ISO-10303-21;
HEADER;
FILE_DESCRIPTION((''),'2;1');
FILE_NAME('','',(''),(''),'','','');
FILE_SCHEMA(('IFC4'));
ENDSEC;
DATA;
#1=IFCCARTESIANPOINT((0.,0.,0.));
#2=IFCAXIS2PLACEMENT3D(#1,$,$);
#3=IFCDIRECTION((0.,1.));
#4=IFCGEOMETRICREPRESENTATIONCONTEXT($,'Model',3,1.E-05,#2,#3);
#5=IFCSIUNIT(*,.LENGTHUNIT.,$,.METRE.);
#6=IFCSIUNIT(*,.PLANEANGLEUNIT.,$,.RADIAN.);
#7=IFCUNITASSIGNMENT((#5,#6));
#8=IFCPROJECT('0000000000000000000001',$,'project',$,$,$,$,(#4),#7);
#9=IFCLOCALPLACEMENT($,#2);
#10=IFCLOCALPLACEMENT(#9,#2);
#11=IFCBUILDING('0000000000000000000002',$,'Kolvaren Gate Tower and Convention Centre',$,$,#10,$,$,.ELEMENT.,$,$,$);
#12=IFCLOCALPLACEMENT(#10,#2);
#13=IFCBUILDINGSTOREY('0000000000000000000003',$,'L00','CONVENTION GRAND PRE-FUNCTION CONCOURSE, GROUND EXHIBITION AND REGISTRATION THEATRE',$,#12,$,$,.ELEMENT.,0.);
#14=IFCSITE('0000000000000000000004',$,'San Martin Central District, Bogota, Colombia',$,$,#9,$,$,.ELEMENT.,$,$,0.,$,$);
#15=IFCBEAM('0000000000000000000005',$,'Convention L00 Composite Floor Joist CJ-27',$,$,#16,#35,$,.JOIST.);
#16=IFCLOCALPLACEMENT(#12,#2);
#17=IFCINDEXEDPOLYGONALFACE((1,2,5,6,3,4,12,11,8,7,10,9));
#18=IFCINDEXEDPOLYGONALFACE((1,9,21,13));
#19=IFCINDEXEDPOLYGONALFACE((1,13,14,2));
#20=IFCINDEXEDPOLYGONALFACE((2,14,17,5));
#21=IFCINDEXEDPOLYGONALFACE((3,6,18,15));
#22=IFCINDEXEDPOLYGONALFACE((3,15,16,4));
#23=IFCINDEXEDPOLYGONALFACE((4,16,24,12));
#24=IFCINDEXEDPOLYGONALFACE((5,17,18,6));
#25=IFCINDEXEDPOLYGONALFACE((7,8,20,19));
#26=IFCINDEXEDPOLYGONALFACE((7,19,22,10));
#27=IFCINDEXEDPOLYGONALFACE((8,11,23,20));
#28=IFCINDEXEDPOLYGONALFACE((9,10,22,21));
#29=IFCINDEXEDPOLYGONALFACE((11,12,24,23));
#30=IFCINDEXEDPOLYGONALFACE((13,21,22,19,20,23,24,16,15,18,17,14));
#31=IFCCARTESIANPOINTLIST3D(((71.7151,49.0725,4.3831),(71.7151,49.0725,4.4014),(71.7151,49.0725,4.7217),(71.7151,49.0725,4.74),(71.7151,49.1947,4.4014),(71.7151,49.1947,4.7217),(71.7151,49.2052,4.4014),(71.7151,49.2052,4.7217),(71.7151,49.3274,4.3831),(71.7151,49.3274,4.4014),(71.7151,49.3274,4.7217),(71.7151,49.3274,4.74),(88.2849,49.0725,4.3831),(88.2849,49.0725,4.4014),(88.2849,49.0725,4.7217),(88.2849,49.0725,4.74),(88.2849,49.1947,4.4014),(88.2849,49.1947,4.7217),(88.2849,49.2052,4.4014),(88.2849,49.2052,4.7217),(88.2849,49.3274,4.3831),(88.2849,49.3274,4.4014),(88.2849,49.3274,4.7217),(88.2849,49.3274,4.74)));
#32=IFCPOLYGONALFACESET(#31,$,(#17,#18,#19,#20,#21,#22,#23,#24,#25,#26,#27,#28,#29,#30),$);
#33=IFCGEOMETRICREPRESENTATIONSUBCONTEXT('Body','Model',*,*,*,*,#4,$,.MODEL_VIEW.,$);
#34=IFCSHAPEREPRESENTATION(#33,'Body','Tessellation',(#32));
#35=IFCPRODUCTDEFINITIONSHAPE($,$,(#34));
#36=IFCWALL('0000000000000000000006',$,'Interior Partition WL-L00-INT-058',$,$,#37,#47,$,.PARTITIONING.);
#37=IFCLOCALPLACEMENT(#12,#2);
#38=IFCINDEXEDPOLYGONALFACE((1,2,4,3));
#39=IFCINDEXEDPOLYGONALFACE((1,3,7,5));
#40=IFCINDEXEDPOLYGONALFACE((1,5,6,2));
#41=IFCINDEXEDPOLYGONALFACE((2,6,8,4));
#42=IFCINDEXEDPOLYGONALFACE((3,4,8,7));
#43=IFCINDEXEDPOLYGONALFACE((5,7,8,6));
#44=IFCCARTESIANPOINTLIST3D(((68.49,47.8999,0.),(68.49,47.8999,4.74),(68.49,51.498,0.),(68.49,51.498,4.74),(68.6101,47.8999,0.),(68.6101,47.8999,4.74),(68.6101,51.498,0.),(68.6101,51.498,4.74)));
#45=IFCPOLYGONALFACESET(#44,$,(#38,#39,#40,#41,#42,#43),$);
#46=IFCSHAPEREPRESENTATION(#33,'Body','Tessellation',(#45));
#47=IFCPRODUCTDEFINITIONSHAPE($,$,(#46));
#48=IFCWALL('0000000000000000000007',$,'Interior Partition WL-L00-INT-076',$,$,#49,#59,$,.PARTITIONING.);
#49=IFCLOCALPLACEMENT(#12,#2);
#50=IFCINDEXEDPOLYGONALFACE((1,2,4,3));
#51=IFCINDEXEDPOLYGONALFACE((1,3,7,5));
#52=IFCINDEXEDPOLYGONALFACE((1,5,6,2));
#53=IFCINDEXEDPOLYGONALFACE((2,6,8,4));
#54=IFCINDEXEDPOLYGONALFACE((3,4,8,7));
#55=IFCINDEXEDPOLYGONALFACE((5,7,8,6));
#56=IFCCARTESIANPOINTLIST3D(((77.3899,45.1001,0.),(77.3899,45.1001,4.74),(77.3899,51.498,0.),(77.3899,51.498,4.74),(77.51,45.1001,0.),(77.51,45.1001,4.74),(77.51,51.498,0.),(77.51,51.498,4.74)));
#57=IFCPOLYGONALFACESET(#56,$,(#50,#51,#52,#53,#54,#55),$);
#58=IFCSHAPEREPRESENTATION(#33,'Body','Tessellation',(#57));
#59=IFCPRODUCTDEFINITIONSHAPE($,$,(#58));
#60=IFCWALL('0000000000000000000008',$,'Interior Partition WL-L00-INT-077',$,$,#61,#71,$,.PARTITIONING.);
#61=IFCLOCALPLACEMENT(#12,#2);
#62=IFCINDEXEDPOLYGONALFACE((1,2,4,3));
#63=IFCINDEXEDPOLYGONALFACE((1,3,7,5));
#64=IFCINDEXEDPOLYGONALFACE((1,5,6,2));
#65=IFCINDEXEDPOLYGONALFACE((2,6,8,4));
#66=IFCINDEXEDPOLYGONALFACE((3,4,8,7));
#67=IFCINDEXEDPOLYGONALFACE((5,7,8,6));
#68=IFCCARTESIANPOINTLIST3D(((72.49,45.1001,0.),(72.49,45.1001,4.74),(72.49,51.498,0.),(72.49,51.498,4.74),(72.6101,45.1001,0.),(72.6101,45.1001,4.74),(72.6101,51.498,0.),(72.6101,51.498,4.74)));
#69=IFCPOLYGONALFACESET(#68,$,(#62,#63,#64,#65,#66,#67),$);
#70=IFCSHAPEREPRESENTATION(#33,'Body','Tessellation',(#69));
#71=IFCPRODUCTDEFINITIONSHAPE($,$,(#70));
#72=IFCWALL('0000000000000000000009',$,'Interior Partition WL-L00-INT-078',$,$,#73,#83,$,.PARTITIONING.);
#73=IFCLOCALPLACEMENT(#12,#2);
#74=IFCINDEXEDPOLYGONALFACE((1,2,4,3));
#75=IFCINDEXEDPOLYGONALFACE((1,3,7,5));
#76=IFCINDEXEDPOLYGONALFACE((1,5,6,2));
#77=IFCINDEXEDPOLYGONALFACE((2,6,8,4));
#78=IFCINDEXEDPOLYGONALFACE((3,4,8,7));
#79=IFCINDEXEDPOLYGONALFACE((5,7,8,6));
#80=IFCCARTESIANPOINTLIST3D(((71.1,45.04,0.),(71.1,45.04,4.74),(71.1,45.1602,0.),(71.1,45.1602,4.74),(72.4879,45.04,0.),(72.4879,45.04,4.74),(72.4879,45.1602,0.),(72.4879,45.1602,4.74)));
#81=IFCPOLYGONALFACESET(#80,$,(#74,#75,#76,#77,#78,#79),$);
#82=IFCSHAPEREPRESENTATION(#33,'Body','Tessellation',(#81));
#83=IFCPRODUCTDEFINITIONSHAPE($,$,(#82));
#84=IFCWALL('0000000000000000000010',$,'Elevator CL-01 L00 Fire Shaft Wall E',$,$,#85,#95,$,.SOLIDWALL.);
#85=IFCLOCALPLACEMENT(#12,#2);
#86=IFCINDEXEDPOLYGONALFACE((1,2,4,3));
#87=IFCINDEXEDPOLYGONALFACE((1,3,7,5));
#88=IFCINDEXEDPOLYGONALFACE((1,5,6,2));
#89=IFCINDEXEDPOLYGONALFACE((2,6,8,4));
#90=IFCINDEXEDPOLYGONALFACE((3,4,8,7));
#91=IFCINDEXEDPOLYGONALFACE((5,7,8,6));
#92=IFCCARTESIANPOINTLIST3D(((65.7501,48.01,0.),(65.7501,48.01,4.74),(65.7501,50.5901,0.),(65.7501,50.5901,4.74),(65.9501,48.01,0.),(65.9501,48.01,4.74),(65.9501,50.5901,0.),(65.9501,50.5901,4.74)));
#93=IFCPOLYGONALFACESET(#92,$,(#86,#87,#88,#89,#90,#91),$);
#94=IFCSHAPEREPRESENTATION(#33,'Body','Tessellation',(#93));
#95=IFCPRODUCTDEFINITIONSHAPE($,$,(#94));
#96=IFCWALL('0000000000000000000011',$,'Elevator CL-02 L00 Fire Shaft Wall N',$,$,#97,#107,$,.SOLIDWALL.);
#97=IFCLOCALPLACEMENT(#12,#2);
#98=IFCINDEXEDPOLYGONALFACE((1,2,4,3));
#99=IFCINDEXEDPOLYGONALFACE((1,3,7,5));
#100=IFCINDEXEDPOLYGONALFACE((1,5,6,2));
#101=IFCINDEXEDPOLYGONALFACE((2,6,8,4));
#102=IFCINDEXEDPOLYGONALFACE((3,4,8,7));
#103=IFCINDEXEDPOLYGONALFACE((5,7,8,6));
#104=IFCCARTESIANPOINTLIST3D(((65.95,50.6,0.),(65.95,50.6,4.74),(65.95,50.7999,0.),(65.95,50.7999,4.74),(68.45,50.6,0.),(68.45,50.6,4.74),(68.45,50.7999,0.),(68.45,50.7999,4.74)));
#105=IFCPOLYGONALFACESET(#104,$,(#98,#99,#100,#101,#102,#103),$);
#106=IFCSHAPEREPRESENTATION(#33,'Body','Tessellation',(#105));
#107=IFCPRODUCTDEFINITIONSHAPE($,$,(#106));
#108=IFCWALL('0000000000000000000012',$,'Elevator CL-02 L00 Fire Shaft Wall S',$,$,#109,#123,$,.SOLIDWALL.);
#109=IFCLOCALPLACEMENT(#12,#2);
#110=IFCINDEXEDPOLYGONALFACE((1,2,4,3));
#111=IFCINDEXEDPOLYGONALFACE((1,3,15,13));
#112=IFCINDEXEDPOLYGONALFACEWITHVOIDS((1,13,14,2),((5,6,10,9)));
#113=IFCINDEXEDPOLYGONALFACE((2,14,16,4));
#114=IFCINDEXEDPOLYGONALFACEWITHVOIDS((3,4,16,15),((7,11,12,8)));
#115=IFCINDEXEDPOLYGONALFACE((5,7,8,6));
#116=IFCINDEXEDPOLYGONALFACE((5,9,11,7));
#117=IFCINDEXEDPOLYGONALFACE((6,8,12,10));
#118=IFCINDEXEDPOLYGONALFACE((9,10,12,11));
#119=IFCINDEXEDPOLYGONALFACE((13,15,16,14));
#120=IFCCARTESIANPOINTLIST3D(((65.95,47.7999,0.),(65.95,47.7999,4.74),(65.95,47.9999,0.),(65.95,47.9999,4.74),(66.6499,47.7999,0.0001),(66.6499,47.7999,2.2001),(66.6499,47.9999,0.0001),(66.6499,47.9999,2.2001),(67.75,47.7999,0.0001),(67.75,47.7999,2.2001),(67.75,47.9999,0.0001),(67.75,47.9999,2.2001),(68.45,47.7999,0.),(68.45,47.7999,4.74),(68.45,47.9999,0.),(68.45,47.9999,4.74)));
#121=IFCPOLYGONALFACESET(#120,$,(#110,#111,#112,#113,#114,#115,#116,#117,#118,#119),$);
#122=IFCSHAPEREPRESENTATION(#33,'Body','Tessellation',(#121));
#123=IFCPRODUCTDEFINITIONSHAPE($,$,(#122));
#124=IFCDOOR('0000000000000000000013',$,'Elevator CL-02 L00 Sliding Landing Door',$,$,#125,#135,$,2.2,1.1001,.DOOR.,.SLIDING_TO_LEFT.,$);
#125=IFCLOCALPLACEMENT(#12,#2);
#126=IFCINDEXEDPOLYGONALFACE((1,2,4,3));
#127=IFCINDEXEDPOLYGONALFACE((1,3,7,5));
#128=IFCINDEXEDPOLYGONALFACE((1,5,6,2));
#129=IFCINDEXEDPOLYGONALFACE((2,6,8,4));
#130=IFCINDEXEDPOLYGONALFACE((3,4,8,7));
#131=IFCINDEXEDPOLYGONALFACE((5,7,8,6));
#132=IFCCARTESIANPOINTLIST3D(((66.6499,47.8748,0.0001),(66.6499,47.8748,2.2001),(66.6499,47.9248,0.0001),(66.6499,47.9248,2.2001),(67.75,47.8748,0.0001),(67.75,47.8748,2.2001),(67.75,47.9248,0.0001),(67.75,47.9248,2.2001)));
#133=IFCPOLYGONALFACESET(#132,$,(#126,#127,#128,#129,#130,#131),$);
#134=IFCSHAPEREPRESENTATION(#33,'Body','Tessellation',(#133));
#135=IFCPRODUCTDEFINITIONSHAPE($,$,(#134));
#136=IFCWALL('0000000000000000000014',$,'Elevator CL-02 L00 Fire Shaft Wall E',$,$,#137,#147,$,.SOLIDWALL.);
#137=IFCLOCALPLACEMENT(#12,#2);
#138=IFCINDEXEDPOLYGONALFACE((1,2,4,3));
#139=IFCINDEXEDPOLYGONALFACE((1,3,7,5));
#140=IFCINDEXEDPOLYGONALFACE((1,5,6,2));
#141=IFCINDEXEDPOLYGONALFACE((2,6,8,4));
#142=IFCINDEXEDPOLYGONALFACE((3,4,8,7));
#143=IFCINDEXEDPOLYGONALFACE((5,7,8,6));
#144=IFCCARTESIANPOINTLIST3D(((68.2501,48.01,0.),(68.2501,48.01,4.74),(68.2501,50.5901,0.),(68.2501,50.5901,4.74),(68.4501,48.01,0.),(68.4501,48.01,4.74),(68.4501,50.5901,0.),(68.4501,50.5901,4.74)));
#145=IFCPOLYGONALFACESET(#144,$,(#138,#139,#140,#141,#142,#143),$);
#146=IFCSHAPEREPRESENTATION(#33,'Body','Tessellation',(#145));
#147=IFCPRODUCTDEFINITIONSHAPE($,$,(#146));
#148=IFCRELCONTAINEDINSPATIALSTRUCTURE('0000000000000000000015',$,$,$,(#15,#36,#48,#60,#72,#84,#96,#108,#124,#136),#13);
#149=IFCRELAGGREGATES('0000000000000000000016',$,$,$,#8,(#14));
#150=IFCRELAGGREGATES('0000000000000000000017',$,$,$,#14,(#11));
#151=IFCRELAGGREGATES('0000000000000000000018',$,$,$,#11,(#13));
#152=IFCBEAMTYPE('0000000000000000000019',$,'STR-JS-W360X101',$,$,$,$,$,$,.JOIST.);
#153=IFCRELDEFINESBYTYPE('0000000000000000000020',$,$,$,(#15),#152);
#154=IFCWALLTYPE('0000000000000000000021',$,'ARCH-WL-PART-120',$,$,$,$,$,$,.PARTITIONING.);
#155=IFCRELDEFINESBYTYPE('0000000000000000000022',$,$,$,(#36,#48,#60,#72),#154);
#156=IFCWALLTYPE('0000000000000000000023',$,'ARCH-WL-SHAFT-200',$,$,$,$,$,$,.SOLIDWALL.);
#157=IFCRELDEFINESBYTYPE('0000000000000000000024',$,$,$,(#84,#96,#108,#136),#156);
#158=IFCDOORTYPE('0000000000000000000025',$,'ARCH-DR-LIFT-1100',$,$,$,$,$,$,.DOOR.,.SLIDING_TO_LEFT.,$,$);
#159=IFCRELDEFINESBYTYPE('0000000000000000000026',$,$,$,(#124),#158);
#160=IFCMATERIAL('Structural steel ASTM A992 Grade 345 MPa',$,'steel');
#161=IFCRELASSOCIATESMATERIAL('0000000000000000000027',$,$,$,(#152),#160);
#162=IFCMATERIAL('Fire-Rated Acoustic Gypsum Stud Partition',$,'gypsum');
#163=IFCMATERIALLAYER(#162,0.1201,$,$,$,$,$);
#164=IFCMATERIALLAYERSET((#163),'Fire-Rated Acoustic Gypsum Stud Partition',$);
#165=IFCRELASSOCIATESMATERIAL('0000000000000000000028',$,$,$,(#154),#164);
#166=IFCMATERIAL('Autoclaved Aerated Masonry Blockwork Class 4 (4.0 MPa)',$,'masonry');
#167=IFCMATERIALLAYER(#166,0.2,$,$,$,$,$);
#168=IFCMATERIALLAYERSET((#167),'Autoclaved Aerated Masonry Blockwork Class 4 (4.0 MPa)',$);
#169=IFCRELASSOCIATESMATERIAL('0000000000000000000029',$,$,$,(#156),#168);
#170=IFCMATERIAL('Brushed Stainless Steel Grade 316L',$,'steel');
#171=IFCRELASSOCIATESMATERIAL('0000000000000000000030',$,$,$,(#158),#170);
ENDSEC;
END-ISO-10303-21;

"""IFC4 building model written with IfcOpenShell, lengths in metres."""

from ifc_helpers import new_model, si_unit, direction, frame, frame_2d, origin, origin_2d, place, context, subcontext, project, spatial, rectangle, i_section, extrude, material, layer, layer_set, material_profile, profile_set, type_object, element, fill, save


model = new_model("IFC4")

# Units and contexts
model_context = context("Model", 3, precision=1e-05, world=origin(), true_north=direction((0.0, 1.0)))
body_context = subcontext(model_context, "Body", "Model", "MODEL_VIEW")
ifc_project = project(units=[si_unit("LENGTHUNIT", "METRE"), si_unit("PLANEANGLEUNIT", "RADIAN")], contexts=[model_context])

# Site, building, storey
site_placement = place(None, origin())
site = spatial("IfcSite", under=ifc_project, at=site_placement, Name="San Martin Central District, Bogota, Colombia", CompositionType="ELEMENT", RefElevation=0.0)
building_placement = place(site_placement, origin())
building = spatial("IfcBuilding", under=site, at=building_placement, Name="Kolvaren Gate Tower and Convention Centre", CompositionType="ELEMENT")
storey_placement = place(building_placement, origin())
storey = spatial("IfcBuildingStorey", under=building, at=storey_placement, Name="L00", Description="CONVENTION GRAND PRE-FUNCTION CONCOURSE, GROUND EXHIBITION AND REGISTRATION THEATRE", CompositionType="ELEMENT", Elevation=0.0)

# Beam
ifc_material_1 = material(Name="Structural steel ASTM A992 Grade 345 MPa", Category="steel")
ifc_material_profile_1 = material_profile(ifc_material_1, i_section(OverallWidth=0.2549, OverallDepth=0.3569, WebThickness=0.0105, FlangeThickness=0.0183, at=origin_2d()), Name="W360X101")
ifc_profile_set_1 = profile_set([ifc_material_profile_1], Name="Structural steel ASTM A992 Grade 345 MPa")
beam_type_1 = type_object("IfcBeamType", Name="STR-JS-W360X101", PredefinedType="JOIST", material=ifc_profile_set_1)
for number, where, z_axis, x_axis, name in (
    (1, (71.7151, 49.2, 4.5615), (1.0, 0.0, 0.0), (0.0, 1.0, 0.0), "Convention L00 Composite Floor Joist CJ-27"),
):
    element("IfcBeam", number, at=place(storey_placement, frame(where, z_axis=z_axis, x_axis=x_axis)), inside=storey, type_object=beam_type_1, Name=name, PredefinedType="JOIST", context=body_context, shape_type="SweptSolid", body=[
        extrude(i_section(OverallWidth=0.2549, OverallDepth=0.3569, WebThickness=0.0105, FlangeThickness=0.0183, at=origin_2d()), origin(), (0.0, 0.0, 1.0), 16.5698),
    ])

# Walls
ifc_material_2 = material(Name="Fire-Rated Acoustic Gypsum Stud Partition", Category="gypsum")
ifc_layer_1 = layer(ifc_material_2, 0.1201)
ifc_layer_set_1 = layer_set([ifc_layer_1], Name="Fire-Rated Acoustic Gypsum Stud Partition")
wall_type_1 = type_object("IfcWallType", Name="ARCH-WL-PART-120", PredefinedType="PARTITIONING", material=ifc_layer_set_1)
wall_1_placement = place(storey_placement, frame((68.55, 47.8999, 0.0), z_axis=(0.0, 0.0, 1.0), x_axis=(0.0, 1.0, 0.0)))
element("IfcWall", 2, at=wall_1_placement, inside=storey, type_object=wall_type_1, Name="Interior Partition WL-L00-INT-058", PredefinedType="PARTITIONING", context=body_context, shape_type="SweptSolid", body=[
    extrude(rectangle(XDim=3.5981, YDim=0.1201, at=frame_2d((1.7991, 0.0))), origin(), (0.0, 0.0, 1.0), 4.74),
])
for number, where, z_axis, x_axis, name in (
    (3, (77.45, 45.1001, 0.0), (0.0, 0.0, 1.0), (0.0, 1.0, 0.0), "Interior Partition WL-L00-INT-076"),
    (4, (72.55, 45.1001, 0.0), (0.0, 0.0, 1.0), (0.0, 1.0, 0.0), "Interior Partition WL-L00-INT-077"),
):
    element("IfcWall", number, at=place(storey_placement, frame(where, z_axis=z_axis, x_axis=x_axis)), inside=storey, type_object=wall_type_1, Name=name, PredefinedType="PARTITIONING", context=body_context, shape_type="SweptSolid", body=[
        extrude(rectangle(XDim=6.3979, YDim=0.1201, at=frame_2d((3.199, 0.0))), origin(), (0.0, 0.0, 1.0), 4.74),
    ])
wall_2_placement = place(storey_placement, frame((71.1001, 45.1001, 0.0), z_axis=(0.0, 0.0, 1.0), x_axis=(1.0, 0.0, 0.0)))
element("IfcWall", 5, at=wall_2_placement, inside=storey, type_object=wall_type_1, Name="Interior Partition WL-L00-INT-078", PredefinedType="PARTITIONING", context=body_context, shape_type="SweptSolid", body=[
    extrude(rectangle(XDim=1.3879, YDim=0.1201, at=frame_2d((0.6938, 0.0))), origin(), (0.0, 0.0, 1.0), 4.74),
])
ifc_material_3 = material(Name="Autoclaved Aerated Masonry Blockwork Class 4 (4.0 MPa)", Category="masonry")
ifc_layer_2 = layer(ifc_material_3, 0.2)
ifc_layer_set_2 = layer_set([ifc_layer_2], Name="Autoclaved Aerated Masonry Blockwork Class 4 (4.0 MPa)")
wall_type_2 = type_object("IfcWallType", Name="ARCH-WL-SHAFT-200", PredefinedType="SOLIDWALL", material=ifc_layer_set_2)
wall_3_placement = place(storey_placement, frame((65.8501, 48.01, 0.0), z_axis=(0.0, 0.0, 1.0), x_axis=(0.0, 1.0, 0.0)))
element("IfcWall", 6, at=wall_3_placement, inside=storey, type_object=wall_type_2, Name="Elevator CL-01 L00 Fire Shaft Wall E", PredefinedType="SOLIDWALL", context=body_context, shape_type="SweptSolid", body=[
    extrude(rectangle(XDim=2.5801, YDim=0.2, at=frame_2d((1.29, 0.0))), origin(), (0.0, 0.0, 1.0), 4.74),
])
wall_4_placement = place(storey_placement, frame((65.95, 50.7, 0.0), z_axis=(0.0, 0.0, 1.0), x_axis=(1.0, 0.0, 0.0)))
element("IfcWall", 7, at=wall_4_placement, inside=storey, type_object=wall_type_2, Name="Elevator CL-02 L00 Fire Shaft Wall N", PredefinedType="SOLIDWALL", context=body_context, shape_type="SweptSolid", body=[
    extrude(rectangle(XDim=2.5, YDim=0.2, at=frame_2d((1.25, 0.0))), origin(), (0.0, 0.0, 1.0), 4.74),
])

# Wall, opening, door
wall_5_placement = place(storey_placement, frame((65.95, 47.8999, 0.0), z_axis=(0.0, 0.0, 1.0), x_axis=(1.0, 0.0, 0.0)))
wall_5 = element("IfcWall", 8, at=wall_5_placement, inside=storey, type_object=wall_type_2, Name="Elevator CL-02 L00 Fire Shaft Wall S", PredefinedType="SOLIDWALL", context=body_context, shape_type="SweptSolid", body=[
    extrude(rectangle(XDim=2.5, YDim=0.2, at=frame_2d((1.25, 0.0))), origin(), (0.0, 0.0, 1.0), 4.74),
])
opening_placement = place(wall_5_placement, frame((0.7, 0.0, 0.0)))
opening = element("IfcOpeningElement", 9, at=opening_placement, cuts=wall_5, PredefinedType="OPENING", context=body_context, shape_type="SweptSolid", body=[
    extrude(rectangle(XDim=1.1001, YDim=2.2, at=frame_2d((0.55, 1.1001))), frame((0.0, 0.1099, 0.0), z_axis=(0.0, -1.0, 0.0), x_axis=(1.0, 0.0, 0.0)), (0.0, 0.0, 1.0), 0.22),
])
ifc_material_4 = material(Name="Brushed Stainless Steel Grade 316L", Category="steel")
door_type = type_object("IfcDoorType", Name="ARCH-DR-LIFT-1100", OperationType="SLIDING_TO_LEFT", PredefinedType="DOOR", material=ifc_material_4)
door_placement = place(opening_placement, origin())
door = element("IfcDoor", 10, at=door_placement, inside=storey, type_object=door_type, Name="Elevator CL-02 L00 Sliding Landing Door", OperationType="SLIDING_TO_LEFT", OverallHeight=2.2, OverallWidth=1.1001, PredefinedType="DOOR", context=body_context, shape_type="SweptSolid", body=[
    extrude(rectangle(XDim=1.1001, YDim=2.2, at=frame_2d((0.55, 1.1001))), frame((0.0, 0.0249, 0.0), z_axis=(0.0, -1.0, 0.0), x_axis=(1.0, 0.0, 0.0)), (0.0, 0.0, 1.0), 0.05),
])
fill(opening, door)

# Wall
wall_6_placement = place(storey_placement, frame((68.3501, 48.01, 0.0), z_axis=(0.0, 0.0, 1.0), x_axis=(0.0, 1.0, 0.0)))
element("IfcWall", 11, at=wall_6_placement, inside=storey, type_object=wall_type_2, Name="Elevator CL-02 L00 Fire Shaft Wall E", PredefinedType="SOLIDWALL", context=body_context, shape_type="SweptSolid", body=[
    extrude(rectangle(XDim=2.5801, YDim=0.2, at=frame_2d((1.29, 0.0))), origin(), (0.0, 0.0, 1.0), 4.74),
])

save(model, "model.ifc")
